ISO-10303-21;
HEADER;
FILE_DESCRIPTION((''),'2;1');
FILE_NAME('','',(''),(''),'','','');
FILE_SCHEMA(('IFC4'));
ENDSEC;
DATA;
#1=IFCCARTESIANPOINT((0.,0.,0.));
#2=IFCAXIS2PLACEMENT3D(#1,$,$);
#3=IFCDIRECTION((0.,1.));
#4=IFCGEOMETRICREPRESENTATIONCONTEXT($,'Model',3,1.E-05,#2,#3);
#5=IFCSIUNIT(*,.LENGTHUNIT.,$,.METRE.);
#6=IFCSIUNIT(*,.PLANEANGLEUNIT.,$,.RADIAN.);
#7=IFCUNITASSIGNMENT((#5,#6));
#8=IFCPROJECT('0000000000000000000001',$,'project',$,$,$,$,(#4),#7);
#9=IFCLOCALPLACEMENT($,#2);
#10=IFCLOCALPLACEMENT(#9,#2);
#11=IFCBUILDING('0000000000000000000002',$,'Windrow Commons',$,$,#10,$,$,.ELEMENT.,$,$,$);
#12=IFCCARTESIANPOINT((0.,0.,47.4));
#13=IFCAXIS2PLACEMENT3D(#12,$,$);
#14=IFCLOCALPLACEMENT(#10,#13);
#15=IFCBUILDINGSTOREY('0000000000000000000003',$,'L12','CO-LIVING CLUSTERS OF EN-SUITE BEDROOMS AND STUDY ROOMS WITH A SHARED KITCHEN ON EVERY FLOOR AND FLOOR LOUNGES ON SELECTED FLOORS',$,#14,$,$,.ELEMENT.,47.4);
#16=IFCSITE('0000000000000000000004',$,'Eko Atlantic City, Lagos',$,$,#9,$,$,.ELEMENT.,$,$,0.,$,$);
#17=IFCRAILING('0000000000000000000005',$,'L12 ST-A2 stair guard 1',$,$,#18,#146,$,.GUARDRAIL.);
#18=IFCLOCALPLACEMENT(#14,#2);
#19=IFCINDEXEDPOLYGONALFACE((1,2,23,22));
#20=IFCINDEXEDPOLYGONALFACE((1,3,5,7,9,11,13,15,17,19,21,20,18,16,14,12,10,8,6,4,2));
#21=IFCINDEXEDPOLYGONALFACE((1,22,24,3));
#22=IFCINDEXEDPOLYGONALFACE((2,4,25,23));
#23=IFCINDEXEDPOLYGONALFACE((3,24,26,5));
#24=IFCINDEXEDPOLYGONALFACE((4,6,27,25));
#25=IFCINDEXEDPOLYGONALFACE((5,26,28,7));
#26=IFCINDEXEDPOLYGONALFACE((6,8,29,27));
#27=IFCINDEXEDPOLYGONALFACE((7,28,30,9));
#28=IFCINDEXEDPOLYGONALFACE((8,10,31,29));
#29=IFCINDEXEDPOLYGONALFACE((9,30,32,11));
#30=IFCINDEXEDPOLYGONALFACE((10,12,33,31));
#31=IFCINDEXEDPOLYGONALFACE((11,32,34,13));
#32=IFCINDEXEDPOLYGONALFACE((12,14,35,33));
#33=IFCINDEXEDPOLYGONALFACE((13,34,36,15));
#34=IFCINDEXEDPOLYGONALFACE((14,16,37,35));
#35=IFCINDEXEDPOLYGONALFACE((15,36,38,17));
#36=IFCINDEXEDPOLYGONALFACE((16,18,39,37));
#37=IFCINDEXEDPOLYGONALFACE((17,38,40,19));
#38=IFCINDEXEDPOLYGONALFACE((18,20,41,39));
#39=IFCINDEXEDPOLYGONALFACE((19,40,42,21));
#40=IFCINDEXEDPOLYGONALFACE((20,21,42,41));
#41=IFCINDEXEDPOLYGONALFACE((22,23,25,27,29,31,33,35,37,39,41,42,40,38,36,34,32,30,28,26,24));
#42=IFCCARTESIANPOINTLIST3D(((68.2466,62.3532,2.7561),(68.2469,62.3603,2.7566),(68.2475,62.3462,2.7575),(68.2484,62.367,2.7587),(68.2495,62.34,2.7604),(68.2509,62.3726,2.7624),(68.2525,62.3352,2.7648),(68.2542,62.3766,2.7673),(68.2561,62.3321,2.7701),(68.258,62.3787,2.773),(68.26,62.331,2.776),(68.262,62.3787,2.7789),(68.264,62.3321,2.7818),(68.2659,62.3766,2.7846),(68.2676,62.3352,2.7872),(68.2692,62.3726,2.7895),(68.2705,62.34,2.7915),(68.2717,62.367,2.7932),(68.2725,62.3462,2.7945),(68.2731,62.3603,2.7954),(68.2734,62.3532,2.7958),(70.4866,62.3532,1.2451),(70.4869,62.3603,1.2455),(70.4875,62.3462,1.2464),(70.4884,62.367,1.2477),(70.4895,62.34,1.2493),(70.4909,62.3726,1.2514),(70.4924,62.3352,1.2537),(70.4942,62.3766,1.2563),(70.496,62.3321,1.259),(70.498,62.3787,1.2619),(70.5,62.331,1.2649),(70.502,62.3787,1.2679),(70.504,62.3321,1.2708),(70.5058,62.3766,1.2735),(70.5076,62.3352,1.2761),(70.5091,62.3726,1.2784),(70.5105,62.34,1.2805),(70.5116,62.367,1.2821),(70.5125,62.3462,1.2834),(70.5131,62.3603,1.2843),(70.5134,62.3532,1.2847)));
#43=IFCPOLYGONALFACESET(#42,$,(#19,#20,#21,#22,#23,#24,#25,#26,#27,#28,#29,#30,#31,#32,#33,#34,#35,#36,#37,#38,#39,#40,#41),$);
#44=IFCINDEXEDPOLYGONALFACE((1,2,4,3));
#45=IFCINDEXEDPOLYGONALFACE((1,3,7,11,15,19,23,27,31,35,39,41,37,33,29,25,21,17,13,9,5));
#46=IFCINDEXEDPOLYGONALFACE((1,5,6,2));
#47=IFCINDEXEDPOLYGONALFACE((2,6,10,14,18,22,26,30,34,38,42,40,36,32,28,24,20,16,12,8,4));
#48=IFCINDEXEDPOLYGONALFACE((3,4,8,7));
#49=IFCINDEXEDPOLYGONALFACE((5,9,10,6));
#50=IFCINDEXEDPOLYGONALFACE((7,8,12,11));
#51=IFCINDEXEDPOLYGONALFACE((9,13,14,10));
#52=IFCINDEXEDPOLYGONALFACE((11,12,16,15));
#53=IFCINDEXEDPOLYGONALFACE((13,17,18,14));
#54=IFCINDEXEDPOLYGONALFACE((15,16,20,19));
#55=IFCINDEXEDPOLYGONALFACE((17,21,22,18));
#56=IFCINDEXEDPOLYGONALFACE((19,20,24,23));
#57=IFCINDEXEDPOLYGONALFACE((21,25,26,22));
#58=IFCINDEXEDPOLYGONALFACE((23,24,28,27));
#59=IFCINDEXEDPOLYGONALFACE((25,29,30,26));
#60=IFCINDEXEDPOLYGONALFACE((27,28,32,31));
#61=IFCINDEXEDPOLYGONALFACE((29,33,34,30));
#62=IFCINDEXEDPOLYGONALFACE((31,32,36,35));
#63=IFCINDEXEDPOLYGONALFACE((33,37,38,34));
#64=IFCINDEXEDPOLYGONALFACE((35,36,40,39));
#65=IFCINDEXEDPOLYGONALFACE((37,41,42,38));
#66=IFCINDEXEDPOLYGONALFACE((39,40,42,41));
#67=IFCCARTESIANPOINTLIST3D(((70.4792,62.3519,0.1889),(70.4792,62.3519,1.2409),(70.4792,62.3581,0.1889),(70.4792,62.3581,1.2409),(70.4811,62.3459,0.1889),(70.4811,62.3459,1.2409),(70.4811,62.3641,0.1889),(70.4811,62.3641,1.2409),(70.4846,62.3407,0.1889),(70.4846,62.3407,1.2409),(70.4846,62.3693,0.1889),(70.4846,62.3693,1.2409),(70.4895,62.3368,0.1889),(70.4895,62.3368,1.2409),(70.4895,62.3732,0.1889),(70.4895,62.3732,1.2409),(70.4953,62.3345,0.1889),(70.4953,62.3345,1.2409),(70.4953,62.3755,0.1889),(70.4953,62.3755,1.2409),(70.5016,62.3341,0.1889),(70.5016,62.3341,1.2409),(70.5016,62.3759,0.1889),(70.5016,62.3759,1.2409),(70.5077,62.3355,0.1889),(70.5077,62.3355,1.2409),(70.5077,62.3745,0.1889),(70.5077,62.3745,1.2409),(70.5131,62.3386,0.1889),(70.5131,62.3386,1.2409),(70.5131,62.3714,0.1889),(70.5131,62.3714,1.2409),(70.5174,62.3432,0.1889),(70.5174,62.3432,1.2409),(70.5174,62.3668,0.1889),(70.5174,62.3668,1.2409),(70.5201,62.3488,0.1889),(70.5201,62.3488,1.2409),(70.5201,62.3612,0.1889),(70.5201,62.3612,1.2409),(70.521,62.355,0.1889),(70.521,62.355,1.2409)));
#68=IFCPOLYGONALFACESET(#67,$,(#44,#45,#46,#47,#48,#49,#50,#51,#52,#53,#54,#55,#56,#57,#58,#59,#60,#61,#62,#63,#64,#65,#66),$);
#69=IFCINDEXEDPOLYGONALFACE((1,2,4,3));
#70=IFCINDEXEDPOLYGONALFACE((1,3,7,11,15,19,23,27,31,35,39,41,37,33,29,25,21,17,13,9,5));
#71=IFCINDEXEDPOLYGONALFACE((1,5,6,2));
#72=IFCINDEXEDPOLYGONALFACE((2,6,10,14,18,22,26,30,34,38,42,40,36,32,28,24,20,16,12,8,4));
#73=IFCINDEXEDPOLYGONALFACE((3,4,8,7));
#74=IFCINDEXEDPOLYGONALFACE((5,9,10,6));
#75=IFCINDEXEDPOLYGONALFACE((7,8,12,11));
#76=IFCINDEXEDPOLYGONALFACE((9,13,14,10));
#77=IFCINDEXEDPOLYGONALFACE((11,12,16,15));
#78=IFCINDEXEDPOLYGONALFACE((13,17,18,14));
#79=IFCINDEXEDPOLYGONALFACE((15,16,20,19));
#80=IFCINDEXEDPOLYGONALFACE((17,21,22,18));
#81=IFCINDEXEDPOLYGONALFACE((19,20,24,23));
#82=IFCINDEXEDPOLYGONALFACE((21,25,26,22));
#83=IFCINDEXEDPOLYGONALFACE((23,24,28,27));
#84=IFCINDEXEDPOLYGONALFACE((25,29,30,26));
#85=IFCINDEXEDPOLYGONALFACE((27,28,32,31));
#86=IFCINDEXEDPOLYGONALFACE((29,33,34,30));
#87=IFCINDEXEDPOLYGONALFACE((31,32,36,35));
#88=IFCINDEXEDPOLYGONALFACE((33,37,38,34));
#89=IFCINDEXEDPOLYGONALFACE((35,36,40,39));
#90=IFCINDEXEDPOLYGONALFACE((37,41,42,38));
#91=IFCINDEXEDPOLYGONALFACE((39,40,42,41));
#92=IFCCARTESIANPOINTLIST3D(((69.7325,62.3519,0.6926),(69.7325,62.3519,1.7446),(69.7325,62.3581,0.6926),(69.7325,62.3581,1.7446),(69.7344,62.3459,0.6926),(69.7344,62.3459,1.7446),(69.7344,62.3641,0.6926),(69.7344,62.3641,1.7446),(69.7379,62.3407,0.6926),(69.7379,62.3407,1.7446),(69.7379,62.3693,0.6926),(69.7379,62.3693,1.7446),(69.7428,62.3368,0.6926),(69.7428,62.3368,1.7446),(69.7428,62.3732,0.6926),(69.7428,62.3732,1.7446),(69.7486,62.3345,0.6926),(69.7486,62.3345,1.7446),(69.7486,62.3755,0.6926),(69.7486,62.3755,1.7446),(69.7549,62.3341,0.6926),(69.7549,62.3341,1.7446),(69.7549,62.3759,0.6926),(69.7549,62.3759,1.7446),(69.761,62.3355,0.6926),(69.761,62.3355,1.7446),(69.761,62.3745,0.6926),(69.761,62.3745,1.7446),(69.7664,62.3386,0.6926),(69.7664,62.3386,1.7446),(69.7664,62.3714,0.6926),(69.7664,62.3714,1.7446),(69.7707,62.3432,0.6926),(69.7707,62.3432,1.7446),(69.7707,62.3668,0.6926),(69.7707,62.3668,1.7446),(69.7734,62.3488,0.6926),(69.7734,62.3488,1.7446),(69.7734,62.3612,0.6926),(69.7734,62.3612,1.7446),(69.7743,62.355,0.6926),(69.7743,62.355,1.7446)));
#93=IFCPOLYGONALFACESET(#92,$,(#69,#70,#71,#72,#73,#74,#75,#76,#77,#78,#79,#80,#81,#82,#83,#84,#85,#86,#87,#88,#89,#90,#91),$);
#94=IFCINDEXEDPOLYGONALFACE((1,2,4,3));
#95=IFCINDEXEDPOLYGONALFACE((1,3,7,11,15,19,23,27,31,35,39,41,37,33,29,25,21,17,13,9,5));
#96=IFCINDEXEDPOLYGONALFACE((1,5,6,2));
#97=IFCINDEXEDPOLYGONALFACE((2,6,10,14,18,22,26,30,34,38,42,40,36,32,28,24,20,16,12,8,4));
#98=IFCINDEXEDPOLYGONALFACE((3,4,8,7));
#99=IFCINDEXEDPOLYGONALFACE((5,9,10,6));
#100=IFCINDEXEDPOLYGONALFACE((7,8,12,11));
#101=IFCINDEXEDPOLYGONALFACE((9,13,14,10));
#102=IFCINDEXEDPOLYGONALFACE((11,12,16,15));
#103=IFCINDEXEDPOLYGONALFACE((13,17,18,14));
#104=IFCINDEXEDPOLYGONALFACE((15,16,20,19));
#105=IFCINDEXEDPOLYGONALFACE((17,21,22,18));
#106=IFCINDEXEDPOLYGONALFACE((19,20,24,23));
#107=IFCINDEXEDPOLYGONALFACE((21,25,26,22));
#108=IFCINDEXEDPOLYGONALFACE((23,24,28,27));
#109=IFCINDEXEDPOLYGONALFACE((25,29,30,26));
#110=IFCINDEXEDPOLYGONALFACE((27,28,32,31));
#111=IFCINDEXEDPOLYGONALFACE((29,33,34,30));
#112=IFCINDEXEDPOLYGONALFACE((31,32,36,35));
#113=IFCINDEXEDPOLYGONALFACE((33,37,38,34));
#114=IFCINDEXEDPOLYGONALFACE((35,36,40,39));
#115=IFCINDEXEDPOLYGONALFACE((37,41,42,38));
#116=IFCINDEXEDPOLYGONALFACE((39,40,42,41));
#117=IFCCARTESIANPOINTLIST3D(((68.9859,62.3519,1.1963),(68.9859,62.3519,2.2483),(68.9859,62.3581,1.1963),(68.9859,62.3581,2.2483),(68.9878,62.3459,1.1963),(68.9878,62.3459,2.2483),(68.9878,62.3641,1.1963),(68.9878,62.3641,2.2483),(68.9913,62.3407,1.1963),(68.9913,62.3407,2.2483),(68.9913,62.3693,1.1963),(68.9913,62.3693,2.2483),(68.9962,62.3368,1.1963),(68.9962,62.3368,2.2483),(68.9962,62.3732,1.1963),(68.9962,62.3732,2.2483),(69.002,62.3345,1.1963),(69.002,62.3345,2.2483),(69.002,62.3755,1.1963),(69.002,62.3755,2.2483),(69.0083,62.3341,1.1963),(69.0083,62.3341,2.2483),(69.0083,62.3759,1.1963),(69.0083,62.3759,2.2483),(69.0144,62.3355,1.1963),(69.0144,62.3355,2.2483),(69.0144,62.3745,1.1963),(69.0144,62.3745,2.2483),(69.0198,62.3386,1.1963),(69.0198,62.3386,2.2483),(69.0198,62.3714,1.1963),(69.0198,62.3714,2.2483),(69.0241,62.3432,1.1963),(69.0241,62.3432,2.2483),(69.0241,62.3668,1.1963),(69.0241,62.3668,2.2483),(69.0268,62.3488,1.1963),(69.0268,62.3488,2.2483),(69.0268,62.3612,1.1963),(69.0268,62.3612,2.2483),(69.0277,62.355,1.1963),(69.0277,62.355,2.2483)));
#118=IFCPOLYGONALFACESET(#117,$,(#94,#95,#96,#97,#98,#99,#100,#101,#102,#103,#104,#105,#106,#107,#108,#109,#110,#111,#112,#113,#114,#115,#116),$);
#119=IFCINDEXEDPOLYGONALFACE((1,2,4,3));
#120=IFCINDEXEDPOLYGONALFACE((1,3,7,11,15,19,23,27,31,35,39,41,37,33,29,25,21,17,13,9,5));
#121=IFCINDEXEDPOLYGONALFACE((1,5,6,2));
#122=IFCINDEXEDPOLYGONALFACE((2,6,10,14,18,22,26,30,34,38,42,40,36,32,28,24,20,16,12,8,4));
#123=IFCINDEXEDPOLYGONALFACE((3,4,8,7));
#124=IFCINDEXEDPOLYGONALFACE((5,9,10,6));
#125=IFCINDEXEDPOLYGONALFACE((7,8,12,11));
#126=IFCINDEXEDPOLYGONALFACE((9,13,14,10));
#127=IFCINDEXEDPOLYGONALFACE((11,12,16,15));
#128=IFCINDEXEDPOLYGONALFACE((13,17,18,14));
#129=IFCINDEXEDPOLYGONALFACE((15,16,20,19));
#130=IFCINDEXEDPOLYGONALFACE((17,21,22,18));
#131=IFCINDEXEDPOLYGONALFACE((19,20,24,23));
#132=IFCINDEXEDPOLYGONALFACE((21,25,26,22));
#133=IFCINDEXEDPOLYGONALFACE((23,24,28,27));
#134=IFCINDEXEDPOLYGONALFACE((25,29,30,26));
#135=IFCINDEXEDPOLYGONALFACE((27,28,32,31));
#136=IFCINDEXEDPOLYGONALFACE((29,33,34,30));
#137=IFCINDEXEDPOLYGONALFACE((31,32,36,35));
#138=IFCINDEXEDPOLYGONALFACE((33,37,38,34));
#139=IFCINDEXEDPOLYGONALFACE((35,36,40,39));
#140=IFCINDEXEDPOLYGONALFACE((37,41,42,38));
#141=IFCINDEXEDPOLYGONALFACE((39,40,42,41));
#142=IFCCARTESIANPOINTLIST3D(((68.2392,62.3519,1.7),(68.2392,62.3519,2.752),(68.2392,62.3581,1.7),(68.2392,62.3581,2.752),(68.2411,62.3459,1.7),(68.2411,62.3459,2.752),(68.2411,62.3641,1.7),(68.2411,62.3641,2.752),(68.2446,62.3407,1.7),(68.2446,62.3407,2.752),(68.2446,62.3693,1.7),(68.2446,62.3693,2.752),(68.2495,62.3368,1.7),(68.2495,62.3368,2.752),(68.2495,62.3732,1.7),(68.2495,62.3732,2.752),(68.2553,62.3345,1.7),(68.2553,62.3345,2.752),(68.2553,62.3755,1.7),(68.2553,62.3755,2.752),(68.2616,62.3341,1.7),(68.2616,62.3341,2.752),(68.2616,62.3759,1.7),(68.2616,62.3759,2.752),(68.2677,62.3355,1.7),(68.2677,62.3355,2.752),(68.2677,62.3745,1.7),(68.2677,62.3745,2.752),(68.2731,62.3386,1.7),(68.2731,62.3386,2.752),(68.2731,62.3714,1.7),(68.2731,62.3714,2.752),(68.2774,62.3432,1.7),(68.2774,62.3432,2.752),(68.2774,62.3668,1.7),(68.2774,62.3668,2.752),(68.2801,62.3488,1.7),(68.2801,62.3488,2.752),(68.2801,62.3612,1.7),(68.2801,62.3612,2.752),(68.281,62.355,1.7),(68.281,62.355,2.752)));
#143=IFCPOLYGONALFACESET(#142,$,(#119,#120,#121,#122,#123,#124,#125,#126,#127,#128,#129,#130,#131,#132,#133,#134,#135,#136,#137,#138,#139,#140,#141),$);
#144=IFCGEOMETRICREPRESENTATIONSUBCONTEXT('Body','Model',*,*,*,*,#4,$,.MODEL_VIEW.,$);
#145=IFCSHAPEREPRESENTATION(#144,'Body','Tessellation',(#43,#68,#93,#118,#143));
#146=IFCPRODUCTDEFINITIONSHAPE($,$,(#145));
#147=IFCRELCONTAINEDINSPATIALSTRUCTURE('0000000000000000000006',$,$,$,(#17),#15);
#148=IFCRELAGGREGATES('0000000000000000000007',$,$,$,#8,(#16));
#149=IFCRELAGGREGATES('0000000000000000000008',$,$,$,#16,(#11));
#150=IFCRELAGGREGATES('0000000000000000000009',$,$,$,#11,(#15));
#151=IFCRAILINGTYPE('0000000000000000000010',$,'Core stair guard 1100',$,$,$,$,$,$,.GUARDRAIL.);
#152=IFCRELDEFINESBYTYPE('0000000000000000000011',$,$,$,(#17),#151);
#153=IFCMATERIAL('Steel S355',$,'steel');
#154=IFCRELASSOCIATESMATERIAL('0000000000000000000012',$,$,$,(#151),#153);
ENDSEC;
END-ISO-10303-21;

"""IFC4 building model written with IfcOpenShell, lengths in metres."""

from ifc_helpers import new_model, si_unit, direction, frame, origin, origin_2d, place, context, subcontext, project, spatial, circle, extrude, material, type_object, element, save


model = new_model("IFC4")

# Units and contexts
model_context = context("Model", 3, precision=1e-05, world=origin(), true_north=direction((0.0, 1.0)))
body_context = subcontext(model_context, "Body", "Model", "MODEL_VIEW")
ifc_project = project(units=[si_unit("LENGTHUNIT", "METRE"), si_unit("PLANEANGLEUNIT", "RADIAN")], contexts=[model_context])

# Site, building, storey
site_placement = place(None, origin())
site = spatial("IfcSite", under=ifc_project, at=site_placement, Name="Eko Atlantic City, Lagos", CompositionType="ELEMENT", RefElevation=0.0)
building_placement = place(site_placement, origin())
building = spatial("IfcBuilding", under=site, at=building_placement, Name="Windrow Commons", CompositionType="ELEMENT")
storey_placement = place(building_placement, frame((0.0, 0.0, 47.4)))
storey = spatial("IfcBuildingStorey", under=building, at=storey_placement, Name="L12", Description="CO-LIVING CLUSTERS OF EN-SUITE BEDROOMS AND STUDY ROOMS WITH A SHARED KITCHEN ON EVERY FLOOR AND FLOOR LOUNGES ON SELECTED FLOORS", CompositionType="ELEMENT", Elevation=47.4)

# Railing
ifc_material_1 = material(Name="Steel S355", Category="steel")
railing_type_1 = type_object("IfcRailingType", Name="Core stair guard 1100", PredefinedType="GUARDRAIL", material=ifc_material_1)
railing_1_placement = place(storey_placement, frame((70.5, 62.355, 0.1889)))
element("IfcRailing", 1, at=railing_1_placement, inside=storey, type_object=railing_type_1, Name="L12 ST-A2 stair guard 1", PredefinedType="GUARDRAIL", context=body_context, shape_type="SweptSolid", body=[
    extrude(circle(Radius=0.024, at=origin_2d()), frame((0.0, 0.0, 1.076), z_axis=(-0.829003, 0.0, 0.559244), x_axis=(0.0, -1.0, 0.0)), (0.0, 0.0, 1.0), 2.702),
    extrude(circle(Radius=0.021, at=origin_2d()), origin(), (0.0, 0.0, 1.0), 1.052),
    extrude(circle(Radius=0.021, at=origin_2d()), frame((-0.7467, 0.0, 0.5037)), (0.0, 0.0, 1.0), 1.052),
    extrude(circle(Radius=0.021, at=origin_2d()), frame((-1.4933, 0.0, 1.0074)), (0.0, 0.0, 1.0), 1.052),
    extrude(circle(Radius=0.021, at=origin_2d()), frame((-2.24, 0.0, 1.5111)), (0.0, 0.0, 1.0), 1.052),
])

save(model, "model.ifc")
